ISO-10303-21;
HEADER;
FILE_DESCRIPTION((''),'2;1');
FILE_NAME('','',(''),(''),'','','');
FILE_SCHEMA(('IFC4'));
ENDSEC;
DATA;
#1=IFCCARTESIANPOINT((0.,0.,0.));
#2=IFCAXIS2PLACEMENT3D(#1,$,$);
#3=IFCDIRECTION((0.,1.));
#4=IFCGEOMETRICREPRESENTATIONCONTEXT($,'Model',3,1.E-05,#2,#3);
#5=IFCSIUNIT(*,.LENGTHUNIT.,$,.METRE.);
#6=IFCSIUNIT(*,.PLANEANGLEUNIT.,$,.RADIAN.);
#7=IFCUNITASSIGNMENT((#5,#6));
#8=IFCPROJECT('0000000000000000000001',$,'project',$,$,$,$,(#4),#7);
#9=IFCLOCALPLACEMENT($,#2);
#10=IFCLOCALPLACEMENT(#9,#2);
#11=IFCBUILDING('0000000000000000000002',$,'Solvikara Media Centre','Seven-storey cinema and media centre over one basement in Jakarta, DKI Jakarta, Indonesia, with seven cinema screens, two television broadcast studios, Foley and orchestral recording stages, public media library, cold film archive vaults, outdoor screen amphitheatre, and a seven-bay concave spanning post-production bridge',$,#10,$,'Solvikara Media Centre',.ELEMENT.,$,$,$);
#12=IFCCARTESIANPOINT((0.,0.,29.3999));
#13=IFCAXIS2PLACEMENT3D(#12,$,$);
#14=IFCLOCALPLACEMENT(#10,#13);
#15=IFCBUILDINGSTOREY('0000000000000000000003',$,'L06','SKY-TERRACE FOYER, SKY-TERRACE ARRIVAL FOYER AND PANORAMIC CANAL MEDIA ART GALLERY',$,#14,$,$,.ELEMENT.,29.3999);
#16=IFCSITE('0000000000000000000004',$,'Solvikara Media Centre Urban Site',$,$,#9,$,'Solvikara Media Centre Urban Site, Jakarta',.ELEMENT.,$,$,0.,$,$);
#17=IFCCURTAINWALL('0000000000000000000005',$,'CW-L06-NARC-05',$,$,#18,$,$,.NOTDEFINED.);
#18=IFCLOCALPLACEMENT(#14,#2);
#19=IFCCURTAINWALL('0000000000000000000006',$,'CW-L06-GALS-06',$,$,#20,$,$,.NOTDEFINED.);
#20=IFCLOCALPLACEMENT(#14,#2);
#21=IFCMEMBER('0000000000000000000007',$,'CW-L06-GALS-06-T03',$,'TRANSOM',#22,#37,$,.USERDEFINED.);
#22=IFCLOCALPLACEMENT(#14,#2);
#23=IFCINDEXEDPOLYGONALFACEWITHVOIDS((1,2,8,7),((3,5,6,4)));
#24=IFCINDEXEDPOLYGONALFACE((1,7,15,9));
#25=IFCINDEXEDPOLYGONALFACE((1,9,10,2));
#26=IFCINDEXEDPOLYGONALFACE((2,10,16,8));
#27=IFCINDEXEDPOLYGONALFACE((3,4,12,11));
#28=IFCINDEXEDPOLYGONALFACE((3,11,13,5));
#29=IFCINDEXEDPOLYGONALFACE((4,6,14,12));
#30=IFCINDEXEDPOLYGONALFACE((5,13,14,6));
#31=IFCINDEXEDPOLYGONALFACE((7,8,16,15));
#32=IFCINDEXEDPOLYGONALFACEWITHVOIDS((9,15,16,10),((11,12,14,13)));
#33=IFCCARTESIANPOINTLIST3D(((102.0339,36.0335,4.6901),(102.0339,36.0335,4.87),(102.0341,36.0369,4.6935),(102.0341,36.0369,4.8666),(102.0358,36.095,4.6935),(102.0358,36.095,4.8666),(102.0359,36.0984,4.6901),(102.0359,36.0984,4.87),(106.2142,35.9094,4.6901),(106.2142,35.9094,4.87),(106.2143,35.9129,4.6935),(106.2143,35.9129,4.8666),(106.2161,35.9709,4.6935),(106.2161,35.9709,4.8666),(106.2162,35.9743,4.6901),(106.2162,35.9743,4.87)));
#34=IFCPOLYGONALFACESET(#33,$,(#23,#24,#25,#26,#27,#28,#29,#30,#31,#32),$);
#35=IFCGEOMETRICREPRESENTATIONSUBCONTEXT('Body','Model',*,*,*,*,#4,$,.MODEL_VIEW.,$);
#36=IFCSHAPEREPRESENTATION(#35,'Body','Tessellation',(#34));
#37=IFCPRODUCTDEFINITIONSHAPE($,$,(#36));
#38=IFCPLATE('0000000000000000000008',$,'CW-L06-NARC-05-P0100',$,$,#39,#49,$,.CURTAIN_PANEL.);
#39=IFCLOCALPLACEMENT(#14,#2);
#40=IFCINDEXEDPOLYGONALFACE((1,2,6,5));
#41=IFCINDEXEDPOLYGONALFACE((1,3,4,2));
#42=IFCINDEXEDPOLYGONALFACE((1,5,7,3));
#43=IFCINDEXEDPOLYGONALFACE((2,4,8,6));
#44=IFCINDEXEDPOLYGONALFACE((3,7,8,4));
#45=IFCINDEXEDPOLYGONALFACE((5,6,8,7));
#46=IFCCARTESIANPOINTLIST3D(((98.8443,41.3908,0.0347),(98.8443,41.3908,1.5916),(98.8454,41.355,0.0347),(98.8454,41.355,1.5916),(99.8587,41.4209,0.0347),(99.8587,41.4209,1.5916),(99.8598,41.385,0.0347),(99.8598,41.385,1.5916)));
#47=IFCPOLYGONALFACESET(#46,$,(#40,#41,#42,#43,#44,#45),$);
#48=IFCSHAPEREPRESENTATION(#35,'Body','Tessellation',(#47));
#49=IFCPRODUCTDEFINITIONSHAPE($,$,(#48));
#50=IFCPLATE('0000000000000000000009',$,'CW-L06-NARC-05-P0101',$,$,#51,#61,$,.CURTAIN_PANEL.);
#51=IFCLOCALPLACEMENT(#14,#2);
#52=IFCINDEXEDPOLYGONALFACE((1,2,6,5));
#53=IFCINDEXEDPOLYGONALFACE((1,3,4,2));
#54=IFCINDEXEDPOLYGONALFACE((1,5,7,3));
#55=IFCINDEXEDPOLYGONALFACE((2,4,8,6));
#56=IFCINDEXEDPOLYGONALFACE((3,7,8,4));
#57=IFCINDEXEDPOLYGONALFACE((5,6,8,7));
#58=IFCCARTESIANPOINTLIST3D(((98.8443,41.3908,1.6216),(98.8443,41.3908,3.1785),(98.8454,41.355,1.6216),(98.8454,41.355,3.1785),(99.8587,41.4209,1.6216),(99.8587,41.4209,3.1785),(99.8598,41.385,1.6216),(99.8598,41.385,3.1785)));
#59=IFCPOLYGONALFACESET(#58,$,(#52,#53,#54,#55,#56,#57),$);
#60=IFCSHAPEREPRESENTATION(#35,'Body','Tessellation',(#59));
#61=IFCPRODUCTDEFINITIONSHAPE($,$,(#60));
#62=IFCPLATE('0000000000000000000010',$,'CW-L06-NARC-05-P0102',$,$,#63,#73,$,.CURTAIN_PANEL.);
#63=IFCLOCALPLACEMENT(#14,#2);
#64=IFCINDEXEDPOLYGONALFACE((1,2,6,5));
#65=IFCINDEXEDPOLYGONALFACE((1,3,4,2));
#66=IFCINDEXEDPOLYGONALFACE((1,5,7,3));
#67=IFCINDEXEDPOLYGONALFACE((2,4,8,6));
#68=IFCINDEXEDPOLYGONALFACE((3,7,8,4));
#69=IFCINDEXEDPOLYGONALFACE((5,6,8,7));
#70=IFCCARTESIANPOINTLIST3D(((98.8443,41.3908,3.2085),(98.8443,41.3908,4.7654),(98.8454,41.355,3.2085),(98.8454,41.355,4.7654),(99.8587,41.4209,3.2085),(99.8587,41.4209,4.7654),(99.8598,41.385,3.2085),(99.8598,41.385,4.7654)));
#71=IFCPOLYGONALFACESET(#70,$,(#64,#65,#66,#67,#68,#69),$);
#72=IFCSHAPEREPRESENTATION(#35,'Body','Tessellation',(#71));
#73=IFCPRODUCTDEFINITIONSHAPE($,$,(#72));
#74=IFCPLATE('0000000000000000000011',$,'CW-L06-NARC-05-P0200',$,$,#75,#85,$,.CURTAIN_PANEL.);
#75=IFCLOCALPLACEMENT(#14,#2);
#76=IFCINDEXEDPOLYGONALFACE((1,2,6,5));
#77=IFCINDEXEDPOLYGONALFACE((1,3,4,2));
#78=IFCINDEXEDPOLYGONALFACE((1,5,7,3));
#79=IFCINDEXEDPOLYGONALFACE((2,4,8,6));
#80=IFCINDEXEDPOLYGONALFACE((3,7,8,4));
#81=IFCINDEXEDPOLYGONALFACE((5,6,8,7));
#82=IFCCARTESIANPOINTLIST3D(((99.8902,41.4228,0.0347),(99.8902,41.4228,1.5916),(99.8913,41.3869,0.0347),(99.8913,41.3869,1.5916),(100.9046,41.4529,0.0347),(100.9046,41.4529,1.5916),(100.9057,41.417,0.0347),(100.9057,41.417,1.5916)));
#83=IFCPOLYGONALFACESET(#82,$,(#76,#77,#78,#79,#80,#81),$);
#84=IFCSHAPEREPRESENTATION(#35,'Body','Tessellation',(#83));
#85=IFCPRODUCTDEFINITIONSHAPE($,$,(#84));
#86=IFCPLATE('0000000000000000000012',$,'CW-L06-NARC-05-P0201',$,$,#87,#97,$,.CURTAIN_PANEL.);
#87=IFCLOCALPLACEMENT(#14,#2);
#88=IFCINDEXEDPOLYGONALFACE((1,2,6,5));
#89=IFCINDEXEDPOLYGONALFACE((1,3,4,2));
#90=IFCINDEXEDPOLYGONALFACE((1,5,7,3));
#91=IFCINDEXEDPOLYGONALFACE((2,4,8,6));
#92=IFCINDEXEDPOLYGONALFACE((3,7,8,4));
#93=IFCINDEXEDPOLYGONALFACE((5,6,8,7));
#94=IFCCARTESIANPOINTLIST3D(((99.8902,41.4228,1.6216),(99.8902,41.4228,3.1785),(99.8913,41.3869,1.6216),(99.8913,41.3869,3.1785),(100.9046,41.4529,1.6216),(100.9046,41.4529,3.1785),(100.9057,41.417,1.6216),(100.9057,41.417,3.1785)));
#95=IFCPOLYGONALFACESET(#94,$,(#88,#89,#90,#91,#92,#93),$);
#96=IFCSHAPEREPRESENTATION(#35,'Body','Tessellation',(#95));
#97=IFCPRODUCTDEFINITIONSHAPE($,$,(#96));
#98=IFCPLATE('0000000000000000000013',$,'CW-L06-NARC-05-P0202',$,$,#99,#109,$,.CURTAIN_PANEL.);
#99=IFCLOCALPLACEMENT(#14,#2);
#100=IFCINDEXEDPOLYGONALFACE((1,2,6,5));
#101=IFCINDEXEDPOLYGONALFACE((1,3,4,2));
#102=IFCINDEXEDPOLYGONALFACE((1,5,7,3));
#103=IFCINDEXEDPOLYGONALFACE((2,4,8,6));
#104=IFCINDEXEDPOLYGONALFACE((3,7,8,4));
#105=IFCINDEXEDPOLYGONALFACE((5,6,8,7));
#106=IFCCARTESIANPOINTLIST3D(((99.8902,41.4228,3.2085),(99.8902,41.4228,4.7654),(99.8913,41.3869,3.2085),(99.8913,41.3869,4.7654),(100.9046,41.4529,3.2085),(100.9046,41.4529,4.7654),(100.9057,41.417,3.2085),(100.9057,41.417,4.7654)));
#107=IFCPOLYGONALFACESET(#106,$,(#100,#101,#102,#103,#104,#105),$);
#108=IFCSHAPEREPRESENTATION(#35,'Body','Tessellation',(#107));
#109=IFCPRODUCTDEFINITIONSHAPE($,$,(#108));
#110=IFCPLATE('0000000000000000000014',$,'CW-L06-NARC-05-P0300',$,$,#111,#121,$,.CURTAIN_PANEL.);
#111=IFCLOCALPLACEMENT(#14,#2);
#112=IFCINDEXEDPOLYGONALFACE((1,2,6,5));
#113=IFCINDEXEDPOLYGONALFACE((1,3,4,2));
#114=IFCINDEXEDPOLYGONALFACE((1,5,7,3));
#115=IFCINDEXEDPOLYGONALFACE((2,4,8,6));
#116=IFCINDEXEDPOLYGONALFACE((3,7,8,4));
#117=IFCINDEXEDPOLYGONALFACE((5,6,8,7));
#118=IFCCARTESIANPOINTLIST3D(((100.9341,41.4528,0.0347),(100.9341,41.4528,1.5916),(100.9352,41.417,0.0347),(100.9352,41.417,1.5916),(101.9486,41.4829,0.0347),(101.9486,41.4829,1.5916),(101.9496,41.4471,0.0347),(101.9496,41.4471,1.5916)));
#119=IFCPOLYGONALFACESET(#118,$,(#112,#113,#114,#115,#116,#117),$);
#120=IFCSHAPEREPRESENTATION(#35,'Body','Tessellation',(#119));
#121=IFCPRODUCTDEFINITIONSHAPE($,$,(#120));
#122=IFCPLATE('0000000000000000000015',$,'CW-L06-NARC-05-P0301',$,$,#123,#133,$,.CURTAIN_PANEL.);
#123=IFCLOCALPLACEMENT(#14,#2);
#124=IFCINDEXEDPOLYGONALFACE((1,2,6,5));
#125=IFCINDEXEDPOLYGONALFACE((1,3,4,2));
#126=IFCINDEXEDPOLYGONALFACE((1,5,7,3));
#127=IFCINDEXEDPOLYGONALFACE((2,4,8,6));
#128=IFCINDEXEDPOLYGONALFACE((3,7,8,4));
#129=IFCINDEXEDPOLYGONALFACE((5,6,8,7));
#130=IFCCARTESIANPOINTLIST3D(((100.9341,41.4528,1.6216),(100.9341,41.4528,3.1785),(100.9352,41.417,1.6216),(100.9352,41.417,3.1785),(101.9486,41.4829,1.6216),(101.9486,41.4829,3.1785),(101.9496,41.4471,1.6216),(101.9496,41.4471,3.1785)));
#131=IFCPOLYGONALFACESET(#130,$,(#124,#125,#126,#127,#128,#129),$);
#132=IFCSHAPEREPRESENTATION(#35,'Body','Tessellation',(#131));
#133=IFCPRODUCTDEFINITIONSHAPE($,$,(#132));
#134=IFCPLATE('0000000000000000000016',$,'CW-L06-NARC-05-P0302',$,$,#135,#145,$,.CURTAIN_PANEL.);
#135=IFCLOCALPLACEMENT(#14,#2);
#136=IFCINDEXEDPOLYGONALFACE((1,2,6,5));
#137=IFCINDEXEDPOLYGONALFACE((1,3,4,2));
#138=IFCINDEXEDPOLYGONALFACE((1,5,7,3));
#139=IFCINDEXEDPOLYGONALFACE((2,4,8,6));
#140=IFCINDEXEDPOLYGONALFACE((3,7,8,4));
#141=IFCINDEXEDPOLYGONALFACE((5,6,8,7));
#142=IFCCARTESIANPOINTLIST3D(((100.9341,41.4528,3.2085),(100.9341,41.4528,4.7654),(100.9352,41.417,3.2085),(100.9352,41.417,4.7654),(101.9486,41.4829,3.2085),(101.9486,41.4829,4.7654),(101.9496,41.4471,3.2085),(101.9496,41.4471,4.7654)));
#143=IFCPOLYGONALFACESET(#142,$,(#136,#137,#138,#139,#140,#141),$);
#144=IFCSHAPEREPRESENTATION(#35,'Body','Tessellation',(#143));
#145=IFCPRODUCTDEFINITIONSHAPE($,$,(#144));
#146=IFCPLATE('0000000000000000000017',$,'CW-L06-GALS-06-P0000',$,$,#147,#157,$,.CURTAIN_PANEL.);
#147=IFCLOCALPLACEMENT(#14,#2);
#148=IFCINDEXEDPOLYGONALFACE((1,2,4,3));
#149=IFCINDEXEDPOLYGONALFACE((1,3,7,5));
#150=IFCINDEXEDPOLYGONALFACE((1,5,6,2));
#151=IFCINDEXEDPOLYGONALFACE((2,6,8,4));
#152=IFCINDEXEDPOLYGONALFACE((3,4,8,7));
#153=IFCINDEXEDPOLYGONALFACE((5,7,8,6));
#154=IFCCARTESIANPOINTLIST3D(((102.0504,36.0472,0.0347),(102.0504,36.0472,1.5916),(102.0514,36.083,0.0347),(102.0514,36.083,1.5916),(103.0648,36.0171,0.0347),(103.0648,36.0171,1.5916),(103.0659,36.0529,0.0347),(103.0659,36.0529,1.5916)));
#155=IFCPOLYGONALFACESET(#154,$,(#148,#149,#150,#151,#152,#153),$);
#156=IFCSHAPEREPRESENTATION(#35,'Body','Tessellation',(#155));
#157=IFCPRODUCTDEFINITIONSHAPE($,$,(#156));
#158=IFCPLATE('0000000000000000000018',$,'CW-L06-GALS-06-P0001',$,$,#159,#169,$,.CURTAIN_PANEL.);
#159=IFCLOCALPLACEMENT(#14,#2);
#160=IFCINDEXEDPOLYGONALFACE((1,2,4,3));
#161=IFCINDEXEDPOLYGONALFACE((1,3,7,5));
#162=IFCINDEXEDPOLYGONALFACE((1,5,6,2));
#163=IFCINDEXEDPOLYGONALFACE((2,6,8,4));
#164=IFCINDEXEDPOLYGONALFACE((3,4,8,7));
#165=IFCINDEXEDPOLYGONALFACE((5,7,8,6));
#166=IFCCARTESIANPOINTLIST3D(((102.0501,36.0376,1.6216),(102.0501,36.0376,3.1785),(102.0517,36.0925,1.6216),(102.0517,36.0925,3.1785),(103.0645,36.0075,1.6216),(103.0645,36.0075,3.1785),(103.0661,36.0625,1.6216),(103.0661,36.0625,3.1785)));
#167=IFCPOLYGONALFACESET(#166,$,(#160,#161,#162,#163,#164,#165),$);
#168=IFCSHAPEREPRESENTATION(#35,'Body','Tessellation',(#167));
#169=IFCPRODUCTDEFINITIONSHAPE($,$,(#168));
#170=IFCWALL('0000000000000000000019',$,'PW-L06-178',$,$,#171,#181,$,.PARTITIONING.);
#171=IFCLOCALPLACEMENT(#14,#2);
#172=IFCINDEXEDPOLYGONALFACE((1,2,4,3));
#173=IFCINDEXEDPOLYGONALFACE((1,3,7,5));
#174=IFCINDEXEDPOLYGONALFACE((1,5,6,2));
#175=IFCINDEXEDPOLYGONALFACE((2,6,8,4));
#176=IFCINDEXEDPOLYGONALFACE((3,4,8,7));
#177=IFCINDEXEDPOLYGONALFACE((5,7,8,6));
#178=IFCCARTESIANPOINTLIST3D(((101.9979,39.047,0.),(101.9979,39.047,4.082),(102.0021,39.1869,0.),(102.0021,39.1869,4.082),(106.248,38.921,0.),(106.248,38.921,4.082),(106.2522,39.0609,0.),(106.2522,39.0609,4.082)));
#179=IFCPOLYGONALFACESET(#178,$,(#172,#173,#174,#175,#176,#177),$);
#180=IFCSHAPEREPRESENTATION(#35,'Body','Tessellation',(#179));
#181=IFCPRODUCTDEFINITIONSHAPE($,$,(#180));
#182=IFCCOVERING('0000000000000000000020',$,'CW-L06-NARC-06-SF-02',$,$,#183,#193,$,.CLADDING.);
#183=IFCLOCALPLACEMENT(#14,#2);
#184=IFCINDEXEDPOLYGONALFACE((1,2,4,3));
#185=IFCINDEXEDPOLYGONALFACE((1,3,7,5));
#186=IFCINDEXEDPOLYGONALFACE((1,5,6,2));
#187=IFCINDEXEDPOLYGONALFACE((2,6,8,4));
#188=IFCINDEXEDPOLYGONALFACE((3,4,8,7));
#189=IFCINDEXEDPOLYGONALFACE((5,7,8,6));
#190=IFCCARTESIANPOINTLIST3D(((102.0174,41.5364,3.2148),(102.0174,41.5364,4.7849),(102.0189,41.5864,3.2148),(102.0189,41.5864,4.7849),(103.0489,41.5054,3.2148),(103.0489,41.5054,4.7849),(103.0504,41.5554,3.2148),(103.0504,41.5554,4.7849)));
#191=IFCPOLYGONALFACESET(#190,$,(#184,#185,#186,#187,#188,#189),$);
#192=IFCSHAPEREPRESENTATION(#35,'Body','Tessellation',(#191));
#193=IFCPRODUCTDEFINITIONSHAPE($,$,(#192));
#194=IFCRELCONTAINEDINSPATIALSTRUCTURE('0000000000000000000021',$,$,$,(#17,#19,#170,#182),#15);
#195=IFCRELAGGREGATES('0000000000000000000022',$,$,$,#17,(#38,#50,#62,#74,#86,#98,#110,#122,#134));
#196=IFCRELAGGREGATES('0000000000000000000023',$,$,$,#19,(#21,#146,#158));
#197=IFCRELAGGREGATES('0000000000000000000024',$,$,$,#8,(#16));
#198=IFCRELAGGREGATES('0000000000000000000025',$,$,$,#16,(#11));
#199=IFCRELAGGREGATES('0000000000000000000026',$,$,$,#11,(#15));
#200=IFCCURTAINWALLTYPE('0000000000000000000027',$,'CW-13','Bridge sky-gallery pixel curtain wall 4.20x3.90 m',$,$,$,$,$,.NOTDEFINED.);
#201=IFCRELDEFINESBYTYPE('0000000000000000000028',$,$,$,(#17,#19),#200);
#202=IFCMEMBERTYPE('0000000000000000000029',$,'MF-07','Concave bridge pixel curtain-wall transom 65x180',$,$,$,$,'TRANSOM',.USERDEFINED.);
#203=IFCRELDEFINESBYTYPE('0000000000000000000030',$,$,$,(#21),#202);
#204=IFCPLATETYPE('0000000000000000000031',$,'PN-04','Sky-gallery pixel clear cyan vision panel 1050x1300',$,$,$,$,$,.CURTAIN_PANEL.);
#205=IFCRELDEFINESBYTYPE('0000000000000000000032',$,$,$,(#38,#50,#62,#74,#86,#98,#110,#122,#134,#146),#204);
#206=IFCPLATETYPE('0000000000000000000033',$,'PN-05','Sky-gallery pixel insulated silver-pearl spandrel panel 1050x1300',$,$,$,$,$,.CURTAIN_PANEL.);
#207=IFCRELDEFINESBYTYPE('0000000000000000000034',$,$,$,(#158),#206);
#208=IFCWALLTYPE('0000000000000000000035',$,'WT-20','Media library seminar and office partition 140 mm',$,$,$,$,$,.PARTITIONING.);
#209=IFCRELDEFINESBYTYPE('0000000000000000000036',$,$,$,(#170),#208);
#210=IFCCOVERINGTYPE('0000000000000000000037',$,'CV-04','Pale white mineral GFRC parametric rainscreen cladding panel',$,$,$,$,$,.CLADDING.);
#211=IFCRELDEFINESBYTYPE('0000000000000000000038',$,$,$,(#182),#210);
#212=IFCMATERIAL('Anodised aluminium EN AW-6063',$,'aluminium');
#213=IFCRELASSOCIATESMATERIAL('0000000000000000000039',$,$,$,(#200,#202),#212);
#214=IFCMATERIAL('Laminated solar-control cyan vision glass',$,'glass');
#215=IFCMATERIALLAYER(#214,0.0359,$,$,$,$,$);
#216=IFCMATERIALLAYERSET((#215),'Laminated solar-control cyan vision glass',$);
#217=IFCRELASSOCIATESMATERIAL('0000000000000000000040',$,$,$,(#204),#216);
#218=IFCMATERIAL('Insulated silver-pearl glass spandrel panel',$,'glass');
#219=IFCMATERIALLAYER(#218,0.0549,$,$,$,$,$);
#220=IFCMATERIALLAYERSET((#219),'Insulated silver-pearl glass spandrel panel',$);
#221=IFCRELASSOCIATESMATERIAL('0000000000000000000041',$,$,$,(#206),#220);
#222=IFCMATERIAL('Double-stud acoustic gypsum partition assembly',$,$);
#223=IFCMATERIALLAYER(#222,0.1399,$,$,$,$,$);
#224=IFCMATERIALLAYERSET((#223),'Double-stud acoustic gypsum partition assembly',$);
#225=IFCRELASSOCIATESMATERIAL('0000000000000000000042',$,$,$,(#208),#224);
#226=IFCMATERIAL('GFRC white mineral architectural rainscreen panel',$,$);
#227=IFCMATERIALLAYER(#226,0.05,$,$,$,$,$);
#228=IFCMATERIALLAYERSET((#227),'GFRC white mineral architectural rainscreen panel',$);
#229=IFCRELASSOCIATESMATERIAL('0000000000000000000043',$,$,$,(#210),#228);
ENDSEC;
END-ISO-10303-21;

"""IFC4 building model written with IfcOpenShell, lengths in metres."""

from ifc_helpers import new_model, si_unit, direction, frame, frame_2d, origin, origin_2d, place, context, subcontext, project, spatial, rectangle, hollow_rectangle, extrude, material, layer, layer_set, material_profile, profile_set, type_object, element, aggregate, save


model = new_model("IFC4")

# Units and contexts
model_context = context("Model", 3, precision=1e-05, world=origin(), true_north=direction((0.0, 1.0)))
body_context = subcontext(model_context, "Body", "Model", "MODEL_VIEW")
ifc_project = project(units=[si_unit("LENGTHUNIT", "METRE"), si_unit("PLANEANGLEUNIT", "RADIAN")], contexts=[model_context])

# Site, building, storey
site_placement = place(None, origin())
site = spatial("IfcSite", under=ifc_project, at=site_placement, Name="Solvikara Media Centre Urban Site", LongName="Solvikara Media Centre Urban Site, Jakarta", CompositionType="ELEMENT", RefElevation=0.0)
building_placement = place(site_placement, origin())
building = spatial("IfcBuilding", under=site, at=building_placement, Name="Solvikara Media Centre", Description="Seven-storey cinema and media centre over one basement in Jakarta, DKI Jakarta, Indonesia, with seven cinema screens, two television broadcast studios, Foley and orchestral recording stages, public media library, cold film archive vaults, outdoor screen amphitheatre, and a seven-bay concave spanning post-production bridge", LongName="Solvikara Media Centre", CompositionType="ELEMENT")
storey_placement = place(building_placement, frame((0.0, 0.0, 29.3999)))
storey = spatial("IfcBuildingStorey", under=building, at=storey_placement, Name="L06", Description="SKY-TERRACE FOYER, SKY-TERRACE ARRIVAL FOYER AND PANORAMIC CANAL MEDIA ART GALLERY", CompositionType="ELEMENT", Elevation=29.3999)

# Curtain wall
ifc_material_1 = material(Name="Anodised aluminium EN AW-6063", Category="aluminium")
curtain_wall_type = type_object("IfcCurtainWallType", Name="CW-13", Description="Bridge sky-gallery pixel curtain wall 4.20x3.90 m", PredefinedType="NOTDEFINED", material=ifc_material_1)
curtain_wall_1_placement = place(storey_placement, origin())
curtain_wall_1 = element("IfcCurtainWall", 1, at=curtain_wall_1_placement, inside=storey, type_object=curtain_wall_type, Name="CW-L06-NARC-05", PredefinedType="NOTDEFINED")

# Curtain wall
curtain_wall_2_placement = place(storey_placement, origin())
curtain_wall_2 = element("IfcCurtainWall", 2, at=curtain_wall_2_placement, inside=storey, type_object=curtain_wall_type, Name="CW-L06-GALS-06", PredefinedType="NOTDEFINED")

# Member
ifc_material_profile_1 = material_profile(ifc_material_1, hollow_rectangle(XDim=0.0649, YDim=0.1799, WallThickness=0.0034, at=origin_2d()), Name="ALU-T 65x180x3.5")
ifc_profile_set_1 = profile_set([ifc_material_profile_1], Name="Anodised aluminium EN AW-6063")
member_type_1 = type_object("IfcMemberType", Name="MF-07", Description="Concave bridge pixel curtain-wall transom 65x180", ElementType="TRANSOM", PredefinedType="USERDEFINED", material=ifc_profile_set_1)
member_1_placement = place(storey_placement, frame((102.0349, 36.0659, 4.78), z_axis=(0.99956, -0.029656, 0.0), x_axis=(0.029656, 0.99956, 0.0)))
member_1 = element("IfcMember", 3, at=member_1_placement, type_object=member_type_1, Name="CW-L06-GALS-06-T03", ObjectType="TRANSOM", PredefinedType="USERDEFINED", context=body_context, shape_type="SweptSolid", body=[
    extrude(hollow_rectangle(XDim=0.0649, YDim=0.1799, WallThickness=0.0034, at=origin_2d()), origin(), (0.0, 0.0, 1.0), 4.1821),
])

# Plates
ifc_material_2 = material(Name="Laminated solar-control cyan vision glass", Category="glass")
ifc_layer_1 = layer(ifc_material_2, 0.0359)
ifc_layer_set_1 = layer_set([ifc_layer_1], Name="Laminated solar-control cyan vision glass")
plate_type_1 = type_object("IfcPlateType", Name="PN-04", Description="Sky-gallery pixel clear cyan vision panel 1050x1300", PredefinedType="CURTAIN_PANEL", material=ifc_layer_set_1)
plate_1_placement = place(storey_placement, frame((99.3521, 41.3879, 0.0347), z_axis=(0.0, 0.0, 1.0), x_axis=(0.99956, 0.029649, 0.0)))
plate_1 = element("IfcPlate", 4, at=plate_1_placement, type_object=plate_type_1, Name="CW-L06-NARC-05-P0100", PredefinedType="CURTAIN_PANEL", context=body_context, shape_type="SweptSolid", body=[
    extrude(rectangle(XDim=1.0149, YDim=0.0359, at=origin_2d()), origin(), (0.0, 0.0, 1.0), 1.5569),
])
plate_2_placement = place(storey_placement, frame((99.3521, 41.3879, 1.6216), z_axis=(0.0, 0.0, 1.0), x_axis=(0.99956, 0.029649, 0.0)))
plate_2 = element("IfcPlate", 5, at=plate_2_placement, type_object=plate_type_1, Name="CW-L06-NARC-05-P0101", PredefinedType="CURTAIN_PANEL", context=body_context, shape_type="SweptSolid", body=[
    extrude(rectangle(XDim=1.0149, YDim=0.0359, at=origin_2d()), origin(), (0.0, 0.0, 1.0), 1.5569),
])
plate_3_placement = place(storey_placement, frame((99.3521, 41.3879, 3.2085), z_axis=(0.0, 0.0, 1.0), x_axis=(0.99956, 0.029649, 0.0)))
plate_3 = element("IfcPlate", 6, at=plate_3_placement, type_object=plate_type_1, Name="CW-L06-NARC-05-P0102", PredefinedType="CURTAIN_PANEL", context=body_context, shape_type="SweptSolid", body=[
    extrude(rectangle(XDim=1.0149, YDim=0.0359, at=origin_2d()), origin(), (0.0, 0.0, 1.0), 1.5569),
])
plate_4_placement = place(storey_placement, frame((100.3979, 41.4199, 0.0347), z_axis=(0.0, 0.0, 1.0), x_axis=(0.99956, 0.029649, 0.0)))
plate_4 = element("IfcPlate", 7, at=plate_4_placement, type_object=plate_type_1, Name="CW-L06-NARC-05-P0200", PredefinedType="CURTAIN_PANEL", context=body_context, shape_type="SweptSolid", body=[
    extrude(rectangle(XDim=1.0149, YDim=0.0359, at=origin_2d()), origin(), (0.0, 0.0, 1.0), 1.5569),
])
plate_5_placement = place(storey_placement, frame((100.3979, 41.4199, 1.6216), z_axis=(0.0, 0.0, 1.0), x_axis=(0.99956, 0.029649, 0.0)))
plate_5 = element("IfcPlate", 8, at=plate_5_placement, type_object=plate_type_1, Name="CW-L06-NARC-05-P0201", PredefinedType="CURTAIN_PANEL", context=body_context, shape_type="SweptSolid", body=[
    extrude(rectangle(XDim=1.0149, YDim=0.0359, at=origin_2d()), origin(), (0.0, 0.0, 1.0), 1.5569),
])
plate_6_placement = place(storey_placement, frame((100.3979, 41.4199, 3.2085), z_axis=(0.0, 0.0, 1.0), x_axis=(0.99956, 0.029649, 0.0)))
plate_6 = element("IfcPlate", 9, at=plate_6_placement, type_object=plate_type_1, Name="CW-L06-NARC-05-P0202", PredefinedType="CURTAIN_PANEL", context=body_context, shape_type="SweptSolid", body=[
    extrude(rectangle(XDim=1.0149, YDim=0.0359, at=origin_2d()), origin(), (0.0, 0.0, 1.0), 1.5569),
])
plate_7_placement = place(storey_placement, frame((101.4419, 41.45, 0.0347), z_axis=(0.0, 0.0, 1.0), x_axis=(0.99956, 0.029649, 0.0)))
plate_7 = element("IfcPlate", 10, at=plate_7_placement, type_object=plate_type_1, Name="CW-L06-NARC-05-P0300", PredefinedType="CURTAIN_PANEL", context=body_context, shape_type="SweptSolid", body=[
    extrude(rectangle(XDim=1.0149, YDim=0.0359, at=origin_2d()), origin(), (0.0, 0.0, 1.0), 1.5569),
])
plate_8_placement = place(storey_placement, frame((101.4419, 41.45, 1.6216), z_axis=(0.0, 0.0, 1.0), x_axis=(0.99956, 0.029649, 0.0)))
plate_8 = element("IfcPlate", 11, at=plate_8_placement, type_object=plate_type_1, Name="CW-L06-NARC-05-P0301", PredefinedType="CURTAIN_PANEL", context=body_context, shape_type="SweptSolid", body=[
    extrude(rectangle(XDim=1.0149, YDim=0.0359, at=origin_2d()), origin(), (0.0, 0.0, 1.0), 1.5569),
])
plate_9_placement = place(storey_placement, frame((101.4419, 41.45, 3.2085), z_axis=(0.0, 0.0, 1.0), x_axis=(0.99956, 0.029649, 0.0)))
plate_9 = element("IfcPlate", 12, at=plate_9_placement, type_object=plate_type_1, Name="CW-L06-NARC-05-P0302", PredefinedType="CURTAIN_PANEL", context=body_context, shape_type="SweptSolid", body=[
    extrude(rectangle(XDim=1.0149, YDim=0.0359, at=origin_2d()), origin(), (0.0, 0.0, 1.0), 1.5569),
])
aggregate(curtain_wall_1, [plate_1, plate_2, plate_3, plate_4, plate_5, plate_6, plate_7, plate_8, plate_9])
plate_10_placement = place(storey_placement, frame((102.5581, 36.05, 0.0347), z_axis=(0.0, 0.0, 1.0), x_axis=(0.99956, -0.029649, 0.0)))
plate_10 = element("IfcPlate", 13, at=plate_10_placement, type_object=plate_type_1, Name="CW-L06-GALS-06-P0000", PredefinedType="CURTAIN_PANEL", context=body_context, shape_type="SweptSolid", body=[
    extrude(rectangle(XDim=1.0149, YDim=0.0359, at=origin_2d()), origin(), (0.0, 0.0, 1.0), 1.5569),
])
ifc_material_3 = material(Name="Insulated silver-pearl glass spandrel panel", Category="glass")
ifc_layer_2 = layer(ifc_material_3, 0.0549)
ifc_layer_set_2 = layer_set([ifc_layer_2], Name="Insulated silver-pearl glass spandrel panel")
plate_type_2 = type_object("IfcPlateType", Name="PN-05", Description="Sky-gallery pixel insulated silver-pearl spandrel panel 1050x1300", PredefinedType="CURTAIN_PANEL", material=ifc_layer_set_2)
plate_11_placement = place(storey_placement, frame((102.5581, 36.05, 1.6216), z_axis=(0.0, 0.0, 1.0), x_axis=(0.99956, -0.029649, 0.0)))
plate_11 = element("IfcPlate", 14, at=plate_11_placement, type_object=plate_type_2, Name="CW-L06-GALS-06-P0001", PredefinedType="CURTAIN_PANEL", context=body_context, shape_type="SweptSolid", body=[
    extrude(rectangle(XDim=1.0149, YDim=0.0549, at=origin_2d()), origin(), (0.0, 0.0, 1.0), 1.5569),
])
aggregate(curtain_wall_2, [member_1, plate_10, plate_11])

# Wall
ifc_material_4 = material(Name="Double-stud acoustic gypsum partition assembly")
ifc_layer_3 = layer(ifc_material_4, 0.1399)
ifc_layer_set_3 = layer_set([ifc_layer_3], Name="Double-stud acoustic gypsum partition assembly")
wall_type = type_object("IfcWallType", Name="WT-20", Description="Media library seminar and office partition 140 mm", PredefinedType="PARTITIONING", material=ifc_layer_set_3)
wall_placement = place(storey_placement, frame((102.0, 39.1169, 0.0), z_axis=(0.0, 0.0, 1.0), x_axis=(0.999561, -0.029629, 0.0)))
element("IfcWall", 15, at=wall_placement, inside=storey, type_object=wall_type, Name="PW-L06-178", PredefinedType="PARTITIONING", context=body_context, shape_type="SweptSolid", body=[
    extrude(rectangle(XDim=4.252, YDim=0.1399, at=frame_2d((2.126, 0.0))), origin(), (0.0, 0.0, 1.0), 4.082),
])

# Covering
ifc_material_5 = material(Name="GFRC white mineral architectural rainscreen panel")
ifc_layer_4 = layer(ifc_material_5, 0.05)
ifc_layer_set_4 = layer_set([ifc_layer_4], Name="GFRC white mineral architectural rainscreen panel")
covering_type_1 = type_object("IfcCoveringType", Name="CV-04", Description="Pale white mineral GFRC parametric rainscreen cladding panel", PredefinedType="CLADDING", material=ifc_layer_set_4)
covering_1_placement = place(storey_placement, frame((102.5339, 41.5459, 3.2148), z_axis=(0.0, 0.0, 1.0), x_axis=(0.999549, -0.030033, 0.0)))
element("IfcCovering", 16, at=covering_1_placement, inside=storey, type_object=covering_type_1, Name="CW-L06-NARC-06-SF-02", PredefinedType="CLADDING", context=body_context, shape_type="SweptSolid", body=[
    extrude(rectangle(XDim=1.032, YDim=0.05, at=origin_2d()), origin(), (0.0, 0.0, 1.0), 1.5701),
])

save(model, "model.ifc")
